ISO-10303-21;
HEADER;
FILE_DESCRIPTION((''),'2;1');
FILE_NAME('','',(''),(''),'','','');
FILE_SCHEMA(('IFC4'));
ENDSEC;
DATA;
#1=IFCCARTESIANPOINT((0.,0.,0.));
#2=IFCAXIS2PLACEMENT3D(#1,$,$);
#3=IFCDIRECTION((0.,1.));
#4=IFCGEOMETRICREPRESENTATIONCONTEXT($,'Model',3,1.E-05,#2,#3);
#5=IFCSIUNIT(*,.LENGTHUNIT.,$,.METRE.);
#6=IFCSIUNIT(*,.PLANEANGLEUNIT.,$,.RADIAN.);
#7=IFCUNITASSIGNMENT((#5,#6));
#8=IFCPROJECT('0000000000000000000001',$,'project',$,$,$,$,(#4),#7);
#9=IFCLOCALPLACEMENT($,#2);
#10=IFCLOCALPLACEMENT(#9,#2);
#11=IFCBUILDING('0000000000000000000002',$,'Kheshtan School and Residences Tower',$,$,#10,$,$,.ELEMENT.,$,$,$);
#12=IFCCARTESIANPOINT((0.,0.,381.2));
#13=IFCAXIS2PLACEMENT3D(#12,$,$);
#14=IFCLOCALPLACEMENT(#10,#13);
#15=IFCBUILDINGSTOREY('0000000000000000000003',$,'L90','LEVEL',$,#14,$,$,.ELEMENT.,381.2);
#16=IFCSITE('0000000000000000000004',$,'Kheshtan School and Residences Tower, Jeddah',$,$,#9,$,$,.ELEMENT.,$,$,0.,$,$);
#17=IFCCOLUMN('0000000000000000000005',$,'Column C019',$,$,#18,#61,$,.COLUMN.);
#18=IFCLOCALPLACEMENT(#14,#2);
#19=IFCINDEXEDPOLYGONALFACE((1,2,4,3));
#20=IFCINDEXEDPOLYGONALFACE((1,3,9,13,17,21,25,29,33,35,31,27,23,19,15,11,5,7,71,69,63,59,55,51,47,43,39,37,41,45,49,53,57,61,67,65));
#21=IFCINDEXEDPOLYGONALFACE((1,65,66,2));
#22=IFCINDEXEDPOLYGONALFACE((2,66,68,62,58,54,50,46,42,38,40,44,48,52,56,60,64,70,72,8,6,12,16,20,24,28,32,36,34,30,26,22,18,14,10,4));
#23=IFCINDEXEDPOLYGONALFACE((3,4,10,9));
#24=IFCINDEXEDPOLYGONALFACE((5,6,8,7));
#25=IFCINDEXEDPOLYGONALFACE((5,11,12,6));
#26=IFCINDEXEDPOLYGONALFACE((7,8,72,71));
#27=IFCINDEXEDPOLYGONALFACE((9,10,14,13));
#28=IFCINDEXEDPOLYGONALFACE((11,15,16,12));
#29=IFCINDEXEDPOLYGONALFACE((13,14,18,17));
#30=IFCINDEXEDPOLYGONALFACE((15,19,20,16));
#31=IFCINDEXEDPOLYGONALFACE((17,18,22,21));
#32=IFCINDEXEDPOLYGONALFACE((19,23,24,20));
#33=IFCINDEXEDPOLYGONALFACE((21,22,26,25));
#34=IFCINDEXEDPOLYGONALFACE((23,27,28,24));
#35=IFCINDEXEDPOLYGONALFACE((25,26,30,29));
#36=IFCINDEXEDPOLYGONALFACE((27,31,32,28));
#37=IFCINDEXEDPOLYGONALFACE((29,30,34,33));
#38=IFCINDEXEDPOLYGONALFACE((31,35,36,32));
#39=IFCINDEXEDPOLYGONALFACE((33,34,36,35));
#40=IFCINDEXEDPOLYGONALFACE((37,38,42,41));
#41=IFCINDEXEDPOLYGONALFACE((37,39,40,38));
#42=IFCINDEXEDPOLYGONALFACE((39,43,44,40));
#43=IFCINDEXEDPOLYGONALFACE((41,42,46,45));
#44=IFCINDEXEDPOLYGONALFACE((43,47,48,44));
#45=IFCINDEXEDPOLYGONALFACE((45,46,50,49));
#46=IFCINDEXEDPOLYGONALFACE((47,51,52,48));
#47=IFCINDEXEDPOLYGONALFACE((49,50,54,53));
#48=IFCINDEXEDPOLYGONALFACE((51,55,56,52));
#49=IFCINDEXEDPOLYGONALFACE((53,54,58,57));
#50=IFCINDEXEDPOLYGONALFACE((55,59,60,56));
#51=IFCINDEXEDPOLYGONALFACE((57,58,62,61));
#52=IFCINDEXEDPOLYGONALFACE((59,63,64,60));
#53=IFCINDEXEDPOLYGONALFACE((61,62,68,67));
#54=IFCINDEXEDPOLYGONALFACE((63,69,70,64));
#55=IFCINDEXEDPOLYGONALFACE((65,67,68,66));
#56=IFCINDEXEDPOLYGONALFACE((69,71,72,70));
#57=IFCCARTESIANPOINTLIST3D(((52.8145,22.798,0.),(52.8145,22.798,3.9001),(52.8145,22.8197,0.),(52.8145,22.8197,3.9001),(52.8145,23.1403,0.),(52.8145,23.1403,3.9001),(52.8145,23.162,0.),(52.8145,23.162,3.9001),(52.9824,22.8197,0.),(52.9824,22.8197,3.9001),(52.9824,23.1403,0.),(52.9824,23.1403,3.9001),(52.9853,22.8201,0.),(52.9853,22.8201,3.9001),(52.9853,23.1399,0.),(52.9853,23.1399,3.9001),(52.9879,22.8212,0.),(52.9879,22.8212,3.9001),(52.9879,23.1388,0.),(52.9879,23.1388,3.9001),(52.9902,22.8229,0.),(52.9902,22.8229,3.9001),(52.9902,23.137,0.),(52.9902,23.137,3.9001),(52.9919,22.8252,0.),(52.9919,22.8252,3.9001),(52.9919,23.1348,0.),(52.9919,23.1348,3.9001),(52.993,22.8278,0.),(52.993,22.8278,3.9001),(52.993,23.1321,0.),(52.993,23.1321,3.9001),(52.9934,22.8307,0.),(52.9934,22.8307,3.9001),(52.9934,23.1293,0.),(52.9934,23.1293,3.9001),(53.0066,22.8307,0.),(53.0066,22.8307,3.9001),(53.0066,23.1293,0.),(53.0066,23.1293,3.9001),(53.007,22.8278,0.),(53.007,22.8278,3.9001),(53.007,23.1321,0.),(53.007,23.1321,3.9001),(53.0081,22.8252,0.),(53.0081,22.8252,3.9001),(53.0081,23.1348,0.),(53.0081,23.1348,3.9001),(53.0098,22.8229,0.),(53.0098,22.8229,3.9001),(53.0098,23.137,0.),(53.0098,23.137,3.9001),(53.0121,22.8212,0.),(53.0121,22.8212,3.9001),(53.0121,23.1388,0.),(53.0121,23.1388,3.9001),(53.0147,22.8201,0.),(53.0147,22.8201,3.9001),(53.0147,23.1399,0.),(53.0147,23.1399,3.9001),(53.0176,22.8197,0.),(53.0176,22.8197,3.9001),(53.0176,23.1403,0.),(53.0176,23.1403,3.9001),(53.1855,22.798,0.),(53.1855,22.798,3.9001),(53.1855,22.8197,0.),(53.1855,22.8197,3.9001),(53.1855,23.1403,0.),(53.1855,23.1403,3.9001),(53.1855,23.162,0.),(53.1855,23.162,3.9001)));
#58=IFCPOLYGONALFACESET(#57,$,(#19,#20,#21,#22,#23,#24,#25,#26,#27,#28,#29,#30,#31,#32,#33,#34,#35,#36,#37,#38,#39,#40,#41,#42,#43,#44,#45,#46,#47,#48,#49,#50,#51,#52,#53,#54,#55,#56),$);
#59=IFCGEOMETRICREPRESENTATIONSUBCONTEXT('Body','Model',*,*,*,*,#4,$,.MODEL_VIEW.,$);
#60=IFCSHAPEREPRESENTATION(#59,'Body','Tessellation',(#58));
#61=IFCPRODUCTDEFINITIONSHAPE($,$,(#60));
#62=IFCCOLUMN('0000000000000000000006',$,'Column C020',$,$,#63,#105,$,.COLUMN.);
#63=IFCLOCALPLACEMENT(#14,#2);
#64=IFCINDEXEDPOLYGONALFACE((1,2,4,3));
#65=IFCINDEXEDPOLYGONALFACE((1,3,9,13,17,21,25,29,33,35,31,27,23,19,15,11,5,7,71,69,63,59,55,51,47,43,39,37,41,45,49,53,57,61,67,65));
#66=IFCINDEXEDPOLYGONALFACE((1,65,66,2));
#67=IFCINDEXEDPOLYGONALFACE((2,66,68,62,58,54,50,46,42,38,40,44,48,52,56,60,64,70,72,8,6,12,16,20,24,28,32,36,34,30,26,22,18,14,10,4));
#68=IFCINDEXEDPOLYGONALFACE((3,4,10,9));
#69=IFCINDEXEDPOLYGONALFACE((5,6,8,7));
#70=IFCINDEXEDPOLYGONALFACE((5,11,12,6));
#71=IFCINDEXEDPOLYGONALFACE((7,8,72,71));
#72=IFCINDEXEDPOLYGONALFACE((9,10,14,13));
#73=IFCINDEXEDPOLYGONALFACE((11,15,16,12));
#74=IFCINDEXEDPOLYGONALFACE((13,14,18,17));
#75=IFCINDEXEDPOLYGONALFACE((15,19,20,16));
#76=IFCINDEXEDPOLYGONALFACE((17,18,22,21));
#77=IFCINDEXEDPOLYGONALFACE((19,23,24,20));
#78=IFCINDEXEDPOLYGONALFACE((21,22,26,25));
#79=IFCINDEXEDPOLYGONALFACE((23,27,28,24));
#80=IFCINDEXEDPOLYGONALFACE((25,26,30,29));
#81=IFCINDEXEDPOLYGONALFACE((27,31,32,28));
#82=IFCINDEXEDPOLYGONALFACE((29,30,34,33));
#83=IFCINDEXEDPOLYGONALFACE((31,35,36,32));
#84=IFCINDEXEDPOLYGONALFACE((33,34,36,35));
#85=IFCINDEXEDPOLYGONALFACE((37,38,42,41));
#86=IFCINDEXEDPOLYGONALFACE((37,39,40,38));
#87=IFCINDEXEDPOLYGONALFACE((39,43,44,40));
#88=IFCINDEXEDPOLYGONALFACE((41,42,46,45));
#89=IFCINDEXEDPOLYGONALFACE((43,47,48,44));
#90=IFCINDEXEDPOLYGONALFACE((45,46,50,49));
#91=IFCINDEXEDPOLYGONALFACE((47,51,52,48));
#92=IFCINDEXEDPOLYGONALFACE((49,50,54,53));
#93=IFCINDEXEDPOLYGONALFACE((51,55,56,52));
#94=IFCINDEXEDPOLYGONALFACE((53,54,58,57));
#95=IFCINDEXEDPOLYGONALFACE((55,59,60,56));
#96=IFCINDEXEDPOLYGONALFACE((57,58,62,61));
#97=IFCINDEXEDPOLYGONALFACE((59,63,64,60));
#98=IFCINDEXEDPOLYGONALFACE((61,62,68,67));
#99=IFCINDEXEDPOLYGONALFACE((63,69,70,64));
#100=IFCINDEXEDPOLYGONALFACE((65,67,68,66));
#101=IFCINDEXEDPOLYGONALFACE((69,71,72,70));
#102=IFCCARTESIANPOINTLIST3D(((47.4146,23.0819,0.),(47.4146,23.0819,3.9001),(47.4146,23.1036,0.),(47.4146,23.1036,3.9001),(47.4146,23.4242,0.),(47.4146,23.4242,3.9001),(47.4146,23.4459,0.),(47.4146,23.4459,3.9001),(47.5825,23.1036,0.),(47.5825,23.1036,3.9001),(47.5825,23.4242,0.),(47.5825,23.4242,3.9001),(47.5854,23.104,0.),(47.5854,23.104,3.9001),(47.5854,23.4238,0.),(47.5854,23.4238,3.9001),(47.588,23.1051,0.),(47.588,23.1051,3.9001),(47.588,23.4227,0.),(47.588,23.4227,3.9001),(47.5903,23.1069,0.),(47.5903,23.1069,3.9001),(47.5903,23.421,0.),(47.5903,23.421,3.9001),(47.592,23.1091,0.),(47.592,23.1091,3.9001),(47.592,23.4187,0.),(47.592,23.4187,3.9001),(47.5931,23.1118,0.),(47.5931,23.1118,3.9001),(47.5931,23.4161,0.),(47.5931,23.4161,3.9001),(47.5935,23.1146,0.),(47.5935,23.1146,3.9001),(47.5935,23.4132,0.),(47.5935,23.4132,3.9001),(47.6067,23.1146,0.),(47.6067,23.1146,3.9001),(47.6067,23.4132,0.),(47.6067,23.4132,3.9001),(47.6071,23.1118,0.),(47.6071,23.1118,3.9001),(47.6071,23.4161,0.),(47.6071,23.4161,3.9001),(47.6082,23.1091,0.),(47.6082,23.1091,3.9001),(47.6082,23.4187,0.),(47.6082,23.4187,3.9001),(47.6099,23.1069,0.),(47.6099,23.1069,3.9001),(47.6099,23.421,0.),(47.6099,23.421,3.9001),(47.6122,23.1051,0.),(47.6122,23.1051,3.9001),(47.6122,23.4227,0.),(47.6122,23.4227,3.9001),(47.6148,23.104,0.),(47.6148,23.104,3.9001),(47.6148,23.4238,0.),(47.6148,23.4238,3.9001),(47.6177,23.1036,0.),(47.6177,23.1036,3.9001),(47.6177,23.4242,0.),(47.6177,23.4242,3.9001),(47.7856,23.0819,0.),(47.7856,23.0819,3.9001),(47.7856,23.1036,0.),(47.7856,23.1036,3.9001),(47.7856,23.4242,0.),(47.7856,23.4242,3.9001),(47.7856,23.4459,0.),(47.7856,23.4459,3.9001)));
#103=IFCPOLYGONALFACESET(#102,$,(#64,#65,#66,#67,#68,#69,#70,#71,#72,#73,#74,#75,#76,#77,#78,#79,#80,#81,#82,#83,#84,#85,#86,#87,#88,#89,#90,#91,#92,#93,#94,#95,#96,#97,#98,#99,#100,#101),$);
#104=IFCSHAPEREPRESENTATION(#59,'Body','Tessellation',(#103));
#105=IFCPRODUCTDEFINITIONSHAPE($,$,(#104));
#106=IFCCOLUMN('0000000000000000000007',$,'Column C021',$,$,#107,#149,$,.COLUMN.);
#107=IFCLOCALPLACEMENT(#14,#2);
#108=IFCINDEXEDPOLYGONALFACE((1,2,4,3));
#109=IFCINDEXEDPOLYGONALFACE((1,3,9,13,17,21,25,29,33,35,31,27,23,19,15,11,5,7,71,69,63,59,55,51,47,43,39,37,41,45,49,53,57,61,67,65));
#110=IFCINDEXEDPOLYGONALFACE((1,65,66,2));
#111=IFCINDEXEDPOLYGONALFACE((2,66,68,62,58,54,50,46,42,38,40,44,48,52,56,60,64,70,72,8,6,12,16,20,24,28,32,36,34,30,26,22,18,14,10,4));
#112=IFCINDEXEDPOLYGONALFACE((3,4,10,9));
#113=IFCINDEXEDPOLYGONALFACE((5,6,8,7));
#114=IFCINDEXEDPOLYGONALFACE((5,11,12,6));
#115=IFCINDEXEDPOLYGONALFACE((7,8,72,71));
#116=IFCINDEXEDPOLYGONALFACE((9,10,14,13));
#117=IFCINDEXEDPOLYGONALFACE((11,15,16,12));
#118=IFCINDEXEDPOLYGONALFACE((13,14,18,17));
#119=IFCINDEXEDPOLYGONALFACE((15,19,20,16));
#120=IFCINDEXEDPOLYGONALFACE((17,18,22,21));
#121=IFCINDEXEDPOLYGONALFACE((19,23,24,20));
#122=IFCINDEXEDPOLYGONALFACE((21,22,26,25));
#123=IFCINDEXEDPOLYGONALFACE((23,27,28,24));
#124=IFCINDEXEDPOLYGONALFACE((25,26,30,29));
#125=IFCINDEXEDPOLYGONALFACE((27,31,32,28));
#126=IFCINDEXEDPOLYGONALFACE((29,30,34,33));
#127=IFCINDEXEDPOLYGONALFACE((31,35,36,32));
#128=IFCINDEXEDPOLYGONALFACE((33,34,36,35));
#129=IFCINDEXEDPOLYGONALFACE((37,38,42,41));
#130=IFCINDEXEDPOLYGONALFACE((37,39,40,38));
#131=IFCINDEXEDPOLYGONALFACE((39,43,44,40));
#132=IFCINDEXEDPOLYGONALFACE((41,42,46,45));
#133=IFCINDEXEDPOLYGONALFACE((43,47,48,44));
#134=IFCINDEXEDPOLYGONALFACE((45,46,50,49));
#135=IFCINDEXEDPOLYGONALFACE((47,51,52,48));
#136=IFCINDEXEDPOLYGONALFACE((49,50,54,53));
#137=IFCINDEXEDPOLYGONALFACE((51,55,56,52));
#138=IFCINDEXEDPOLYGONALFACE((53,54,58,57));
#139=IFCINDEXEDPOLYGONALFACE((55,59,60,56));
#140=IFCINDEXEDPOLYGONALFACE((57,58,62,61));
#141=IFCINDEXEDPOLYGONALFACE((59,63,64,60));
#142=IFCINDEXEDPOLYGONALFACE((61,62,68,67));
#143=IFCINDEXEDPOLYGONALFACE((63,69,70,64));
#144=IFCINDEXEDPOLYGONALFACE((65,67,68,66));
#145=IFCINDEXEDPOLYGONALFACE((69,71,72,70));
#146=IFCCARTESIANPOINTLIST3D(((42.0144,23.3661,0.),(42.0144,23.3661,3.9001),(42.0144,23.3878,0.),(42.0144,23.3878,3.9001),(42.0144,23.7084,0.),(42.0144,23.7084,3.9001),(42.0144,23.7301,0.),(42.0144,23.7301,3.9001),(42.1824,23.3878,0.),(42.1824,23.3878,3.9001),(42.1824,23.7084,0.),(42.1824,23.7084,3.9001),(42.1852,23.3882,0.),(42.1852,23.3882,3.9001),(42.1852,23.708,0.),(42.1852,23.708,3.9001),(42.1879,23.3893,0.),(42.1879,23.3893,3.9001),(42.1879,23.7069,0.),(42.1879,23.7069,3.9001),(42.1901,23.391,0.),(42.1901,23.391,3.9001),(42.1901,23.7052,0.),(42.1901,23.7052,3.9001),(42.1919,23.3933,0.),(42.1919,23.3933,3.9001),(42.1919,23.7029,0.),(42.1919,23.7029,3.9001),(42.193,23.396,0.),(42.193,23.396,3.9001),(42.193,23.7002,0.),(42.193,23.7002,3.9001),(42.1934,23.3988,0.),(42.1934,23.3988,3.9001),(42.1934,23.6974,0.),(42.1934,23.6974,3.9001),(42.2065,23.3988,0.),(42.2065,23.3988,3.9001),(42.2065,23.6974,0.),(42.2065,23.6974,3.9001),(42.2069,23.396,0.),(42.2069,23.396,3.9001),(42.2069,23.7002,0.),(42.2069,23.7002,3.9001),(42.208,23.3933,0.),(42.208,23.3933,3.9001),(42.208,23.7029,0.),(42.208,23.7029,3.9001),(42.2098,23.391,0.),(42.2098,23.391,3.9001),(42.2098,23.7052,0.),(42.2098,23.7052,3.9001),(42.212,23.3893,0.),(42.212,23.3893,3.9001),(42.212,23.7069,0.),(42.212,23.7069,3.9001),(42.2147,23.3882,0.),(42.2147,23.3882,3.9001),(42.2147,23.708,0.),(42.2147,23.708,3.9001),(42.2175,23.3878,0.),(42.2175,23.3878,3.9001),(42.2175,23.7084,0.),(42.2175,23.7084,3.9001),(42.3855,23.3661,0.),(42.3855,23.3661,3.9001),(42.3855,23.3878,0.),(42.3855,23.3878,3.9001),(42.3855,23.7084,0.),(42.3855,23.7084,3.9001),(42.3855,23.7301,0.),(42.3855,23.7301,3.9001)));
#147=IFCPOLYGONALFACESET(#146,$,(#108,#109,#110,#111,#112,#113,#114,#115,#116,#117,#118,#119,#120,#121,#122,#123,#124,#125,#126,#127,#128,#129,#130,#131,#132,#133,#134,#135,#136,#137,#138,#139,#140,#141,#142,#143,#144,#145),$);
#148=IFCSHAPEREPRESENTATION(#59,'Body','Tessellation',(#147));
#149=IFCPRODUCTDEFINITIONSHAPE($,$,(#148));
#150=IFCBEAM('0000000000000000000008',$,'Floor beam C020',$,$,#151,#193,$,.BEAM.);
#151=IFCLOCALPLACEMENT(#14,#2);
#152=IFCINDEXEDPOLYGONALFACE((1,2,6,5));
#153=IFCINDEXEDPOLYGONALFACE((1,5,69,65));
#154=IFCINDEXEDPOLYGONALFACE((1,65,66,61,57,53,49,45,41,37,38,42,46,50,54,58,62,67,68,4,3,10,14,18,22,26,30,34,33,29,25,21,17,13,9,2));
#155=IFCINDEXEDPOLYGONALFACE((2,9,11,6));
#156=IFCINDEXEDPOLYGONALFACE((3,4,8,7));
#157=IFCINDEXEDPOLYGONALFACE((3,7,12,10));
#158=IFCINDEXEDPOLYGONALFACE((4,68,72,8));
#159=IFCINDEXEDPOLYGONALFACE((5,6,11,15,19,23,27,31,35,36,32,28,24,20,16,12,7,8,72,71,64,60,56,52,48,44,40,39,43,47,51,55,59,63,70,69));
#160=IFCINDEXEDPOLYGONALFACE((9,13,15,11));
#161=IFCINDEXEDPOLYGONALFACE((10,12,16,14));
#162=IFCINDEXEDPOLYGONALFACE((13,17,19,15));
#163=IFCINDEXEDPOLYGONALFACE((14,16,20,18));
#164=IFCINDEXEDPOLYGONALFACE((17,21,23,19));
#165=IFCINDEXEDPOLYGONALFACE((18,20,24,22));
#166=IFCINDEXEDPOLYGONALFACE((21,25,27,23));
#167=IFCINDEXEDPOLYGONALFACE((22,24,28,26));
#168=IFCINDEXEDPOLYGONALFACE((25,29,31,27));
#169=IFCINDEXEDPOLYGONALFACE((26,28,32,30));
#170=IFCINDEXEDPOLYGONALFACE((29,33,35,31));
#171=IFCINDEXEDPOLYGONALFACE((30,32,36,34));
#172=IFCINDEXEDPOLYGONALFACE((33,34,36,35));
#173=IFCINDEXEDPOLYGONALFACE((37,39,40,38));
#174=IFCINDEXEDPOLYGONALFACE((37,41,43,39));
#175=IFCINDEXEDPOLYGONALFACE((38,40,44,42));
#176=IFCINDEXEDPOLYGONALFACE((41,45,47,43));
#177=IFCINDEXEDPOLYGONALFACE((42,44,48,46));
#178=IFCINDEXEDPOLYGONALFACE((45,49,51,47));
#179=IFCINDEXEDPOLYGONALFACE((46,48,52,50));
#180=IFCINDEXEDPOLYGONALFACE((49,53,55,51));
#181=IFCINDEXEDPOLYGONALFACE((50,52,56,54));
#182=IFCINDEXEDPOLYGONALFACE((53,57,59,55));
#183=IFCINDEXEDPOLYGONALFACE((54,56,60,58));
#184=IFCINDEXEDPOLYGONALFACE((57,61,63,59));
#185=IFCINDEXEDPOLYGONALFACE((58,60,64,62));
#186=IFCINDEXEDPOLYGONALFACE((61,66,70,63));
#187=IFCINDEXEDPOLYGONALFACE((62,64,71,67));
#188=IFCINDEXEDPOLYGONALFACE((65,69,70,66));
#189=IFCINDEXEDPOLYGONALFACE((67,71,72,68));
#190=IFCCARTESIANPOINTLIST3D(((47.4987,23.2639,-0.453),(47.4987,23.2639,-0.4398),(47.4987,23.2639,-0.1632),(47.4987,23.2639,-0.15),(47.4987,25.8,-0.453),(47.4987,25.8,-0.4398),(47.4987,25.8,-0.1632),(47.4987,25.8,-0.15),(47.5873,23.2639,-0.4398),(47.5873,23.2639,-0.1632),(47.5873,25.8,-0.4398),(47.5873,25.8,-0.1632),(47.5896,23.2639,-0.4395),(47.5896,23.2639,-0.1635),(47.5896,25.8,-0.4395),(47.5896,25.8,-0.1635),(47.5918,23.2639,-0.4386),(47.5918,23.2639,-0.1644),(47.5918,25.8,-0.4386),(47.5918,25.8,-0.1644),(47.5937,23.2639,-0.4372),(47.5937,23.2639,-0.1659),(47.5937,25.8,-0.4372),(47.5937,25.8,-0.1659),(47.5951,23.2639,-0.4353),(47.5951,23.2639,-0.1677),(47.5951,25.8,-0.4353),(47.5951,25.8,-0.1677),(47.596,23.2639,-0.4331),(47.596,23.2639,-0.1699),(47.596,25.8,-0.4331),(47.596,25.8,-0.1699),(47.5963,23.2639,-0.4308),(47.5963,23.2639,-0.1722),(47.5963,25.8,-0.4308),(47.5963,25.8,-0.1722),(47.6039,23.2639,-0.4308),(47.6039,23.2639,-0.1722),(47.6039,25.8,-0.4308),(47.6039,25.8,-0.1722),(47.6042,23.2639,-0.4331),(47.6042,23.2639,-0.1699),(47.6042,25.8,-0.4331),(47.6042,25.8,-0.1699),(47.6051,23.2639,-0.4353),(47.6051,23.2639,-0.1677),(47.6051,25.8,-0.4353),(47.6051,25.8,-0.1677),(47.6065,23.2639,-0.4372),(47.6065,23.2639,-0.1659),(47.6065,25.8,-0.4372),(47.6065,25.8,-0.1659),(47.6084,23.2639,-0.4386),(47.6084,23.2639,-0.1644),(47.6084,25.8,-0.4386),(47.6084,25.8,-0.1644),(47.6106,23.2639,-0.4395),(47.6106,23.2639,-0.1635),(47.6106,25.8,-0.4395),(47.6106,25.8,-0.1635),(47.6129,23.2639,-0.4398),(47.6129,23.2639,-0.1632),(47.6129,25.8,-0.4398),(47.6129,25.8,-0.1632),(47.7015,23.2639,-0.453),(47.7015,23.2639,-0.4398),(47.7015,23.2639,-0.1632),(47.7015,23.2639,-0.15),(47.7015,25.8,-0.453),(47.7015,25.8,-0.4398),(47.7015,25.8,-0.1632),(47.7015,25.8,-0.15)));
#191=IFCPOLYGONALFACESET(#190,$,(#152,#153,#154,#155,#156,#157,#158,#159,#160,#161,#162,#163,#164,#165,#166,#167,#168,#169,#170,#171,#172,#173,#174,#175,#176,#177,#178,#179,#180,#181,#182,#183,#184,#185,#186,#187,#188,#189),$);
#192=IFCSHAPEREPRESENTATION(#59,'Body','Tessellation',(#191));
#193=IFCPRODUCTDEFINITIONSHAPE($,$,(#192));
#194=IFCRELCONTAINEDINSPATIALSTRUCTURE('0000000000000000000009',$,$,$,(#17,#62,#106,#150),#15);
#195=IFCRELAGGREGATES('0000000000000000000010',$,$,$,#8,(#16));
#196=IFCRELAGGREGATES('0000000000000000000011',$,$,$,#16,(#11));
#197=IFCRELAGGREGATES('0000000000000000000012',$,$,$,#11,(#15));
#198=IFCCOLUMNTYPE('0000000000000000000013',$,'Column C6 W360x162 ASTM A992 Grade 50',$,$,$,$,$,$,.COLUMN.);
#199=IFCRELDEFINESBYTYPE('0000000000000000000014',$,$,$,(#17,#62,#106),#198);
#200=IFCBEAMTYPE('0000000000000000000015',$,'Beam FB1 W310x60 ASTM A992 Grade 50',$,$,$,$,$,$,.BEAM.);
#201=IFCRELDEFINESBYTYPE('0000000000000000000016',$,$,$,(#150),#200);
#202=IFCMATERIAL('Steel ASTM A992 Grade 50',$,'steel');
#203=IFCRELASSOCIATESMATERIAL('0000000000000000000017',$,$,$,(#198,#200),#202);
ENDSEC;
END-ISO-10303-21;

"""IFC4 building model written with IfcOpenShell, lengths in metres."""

from ifc_helpers import new_model, si_unit, direction, frame, origin, origin_2d, place, context, subcontext, project, spatial, i_section, extrude, material, material_profile, profile_set, type_object, element, save


model = new_model("IFC4")

# Units and contexts
model_context = context("Model", 3, precision=1e-05, world=origin(), true_north=direction((0.0, 1.0)))
body_context = subcontext(model_context, "Body", "Model", "MODEL_VIEW")
ifc_project = project(units=[si_unit("LENGTHUNIT", "METRE"), si_unit("PLANEANGLEUNIT", "RADIAN")], contexts=[model_context])

# Site, building, storey
site_placement = place(None, origin())
site = spatial("IfcSite", under=ifc_project, at=site_placement, Name="Kheshtan School and Residences Tower, Jeddah", CompositionType="ELEMENT", RefElevation=0.0)
building_placement = place(site_placement, origin())
building = spatial("IfcBuilding", under=site, at=building_placement, Name="Kheshtan School and Residences Tower", CompositionType="ELEMENT")
storey_placement = place(building_placement, frame((0.0, 0.0, 381.2)))
storey = spatial("IfcBuildingStorey", under=building, at=storey_placement, Name="L90", Description="LEVEL", CompositionType="ELEMENT", Elevation=381.2)

# Columns
ifc_material_1 = material(Name="Steel ASTM A992 Grade 50", Category="steel")
ifc_material_profile_1 = material_profile(ifc_material_1, i_section(OverallWidth=0.3711, OverallDepth=0.364, WebThickness=0.0132, FlangeThickness=0.0217, FilletRadius=0.011, at=origin_2d()), Name="W360x162")
ifc_profile_set_1 = profile_set([ifc_material_profile_1], Name="Steel ASTM A992 Grade 50")
column_type = type_object("IfcColumnType", Name="Column C6 W360x162 ASTM A992 Grade 50", PredefinedType="COLUMN", material=ifc_profile_set_1)
for number, where, z_axis, x_axis, name in (
    (1, (53.0, 22.98, 0.0), (0.0, 0.0, 1.0), (1.0, 0.0, 0.0), "Column C019"),
    (2, (47.6001, 23.2639, 0.0), (0.0, 0.0, 1.0), (1.0, 0.0, 0.0), "Column C020"),
    (3, (42.2, 23.5481, 0.0), (0.0, 0.0, 1.0), (1.0, 0.0, 0.0), "Column C021"),
):
    element("IfcColumn", number, at=place(storey_placement, frame(where, z_axis=z_axis, x_axis=x_axis)), inside=storey, type_object=column_type, Name=name, PredefinedType="COLUMN", context=body_context, shape_type="SweptSolid", body=[
        extrude(i_section(OverallWidth=0.3711, OverallDepth=0.364, WebThickness=0.0132, FlangeThickness=0.0217, FilletRadius=0.011, at=origin_2d()), origin(), (0.0, 0.0, 1.0), 3.9001),
    ])

# Beam
ifc_material_profile_2 = material_profile(ifc_material_1, i_section(OverallWidth=0.2029, OverallDepth=0.303, WebThickness=0.0076, FlangeThickness=0.0132, FilletRadius=0.009, at=origin_2d()), Name="W310x60")
ifc_profile_set_2 = profile_set([ifc_material_profile_2], Name="Steel ASTM A992 Grade 50")
beam_type_1 = type_object("IfcBeamType", Name="Beam FB1 W310x60 ASTM A992 Grade 50", PredefinedType="BEAM", material=ifc_profile_set_2)
beam_1_placement = place(storey_placement, frame((47.6001, 23.2639, -0.3015), z_axis=(0.0, 1.0, 0.0), x_axis=(-1.0, 0.0, 0.0)))
element("IfcBeam", 4, at=beam_1_placement, inside=storey, type_object=beam_type_1, Name="Floor beam C020", PredefinedType="BEAM", context=body_context, shape_type="SweptSolid", body=[
    extrude(i_section(OverallWidth=0.2029, OverallDepth=0.303, WebThickness=0.0076, FlangeThickness=0.0132, FilletRadius=0.009, at=origin_2d()), origin(), (0.0, 0.0, 1.0), 2.5361),
])

save(model, "model.ifc")
